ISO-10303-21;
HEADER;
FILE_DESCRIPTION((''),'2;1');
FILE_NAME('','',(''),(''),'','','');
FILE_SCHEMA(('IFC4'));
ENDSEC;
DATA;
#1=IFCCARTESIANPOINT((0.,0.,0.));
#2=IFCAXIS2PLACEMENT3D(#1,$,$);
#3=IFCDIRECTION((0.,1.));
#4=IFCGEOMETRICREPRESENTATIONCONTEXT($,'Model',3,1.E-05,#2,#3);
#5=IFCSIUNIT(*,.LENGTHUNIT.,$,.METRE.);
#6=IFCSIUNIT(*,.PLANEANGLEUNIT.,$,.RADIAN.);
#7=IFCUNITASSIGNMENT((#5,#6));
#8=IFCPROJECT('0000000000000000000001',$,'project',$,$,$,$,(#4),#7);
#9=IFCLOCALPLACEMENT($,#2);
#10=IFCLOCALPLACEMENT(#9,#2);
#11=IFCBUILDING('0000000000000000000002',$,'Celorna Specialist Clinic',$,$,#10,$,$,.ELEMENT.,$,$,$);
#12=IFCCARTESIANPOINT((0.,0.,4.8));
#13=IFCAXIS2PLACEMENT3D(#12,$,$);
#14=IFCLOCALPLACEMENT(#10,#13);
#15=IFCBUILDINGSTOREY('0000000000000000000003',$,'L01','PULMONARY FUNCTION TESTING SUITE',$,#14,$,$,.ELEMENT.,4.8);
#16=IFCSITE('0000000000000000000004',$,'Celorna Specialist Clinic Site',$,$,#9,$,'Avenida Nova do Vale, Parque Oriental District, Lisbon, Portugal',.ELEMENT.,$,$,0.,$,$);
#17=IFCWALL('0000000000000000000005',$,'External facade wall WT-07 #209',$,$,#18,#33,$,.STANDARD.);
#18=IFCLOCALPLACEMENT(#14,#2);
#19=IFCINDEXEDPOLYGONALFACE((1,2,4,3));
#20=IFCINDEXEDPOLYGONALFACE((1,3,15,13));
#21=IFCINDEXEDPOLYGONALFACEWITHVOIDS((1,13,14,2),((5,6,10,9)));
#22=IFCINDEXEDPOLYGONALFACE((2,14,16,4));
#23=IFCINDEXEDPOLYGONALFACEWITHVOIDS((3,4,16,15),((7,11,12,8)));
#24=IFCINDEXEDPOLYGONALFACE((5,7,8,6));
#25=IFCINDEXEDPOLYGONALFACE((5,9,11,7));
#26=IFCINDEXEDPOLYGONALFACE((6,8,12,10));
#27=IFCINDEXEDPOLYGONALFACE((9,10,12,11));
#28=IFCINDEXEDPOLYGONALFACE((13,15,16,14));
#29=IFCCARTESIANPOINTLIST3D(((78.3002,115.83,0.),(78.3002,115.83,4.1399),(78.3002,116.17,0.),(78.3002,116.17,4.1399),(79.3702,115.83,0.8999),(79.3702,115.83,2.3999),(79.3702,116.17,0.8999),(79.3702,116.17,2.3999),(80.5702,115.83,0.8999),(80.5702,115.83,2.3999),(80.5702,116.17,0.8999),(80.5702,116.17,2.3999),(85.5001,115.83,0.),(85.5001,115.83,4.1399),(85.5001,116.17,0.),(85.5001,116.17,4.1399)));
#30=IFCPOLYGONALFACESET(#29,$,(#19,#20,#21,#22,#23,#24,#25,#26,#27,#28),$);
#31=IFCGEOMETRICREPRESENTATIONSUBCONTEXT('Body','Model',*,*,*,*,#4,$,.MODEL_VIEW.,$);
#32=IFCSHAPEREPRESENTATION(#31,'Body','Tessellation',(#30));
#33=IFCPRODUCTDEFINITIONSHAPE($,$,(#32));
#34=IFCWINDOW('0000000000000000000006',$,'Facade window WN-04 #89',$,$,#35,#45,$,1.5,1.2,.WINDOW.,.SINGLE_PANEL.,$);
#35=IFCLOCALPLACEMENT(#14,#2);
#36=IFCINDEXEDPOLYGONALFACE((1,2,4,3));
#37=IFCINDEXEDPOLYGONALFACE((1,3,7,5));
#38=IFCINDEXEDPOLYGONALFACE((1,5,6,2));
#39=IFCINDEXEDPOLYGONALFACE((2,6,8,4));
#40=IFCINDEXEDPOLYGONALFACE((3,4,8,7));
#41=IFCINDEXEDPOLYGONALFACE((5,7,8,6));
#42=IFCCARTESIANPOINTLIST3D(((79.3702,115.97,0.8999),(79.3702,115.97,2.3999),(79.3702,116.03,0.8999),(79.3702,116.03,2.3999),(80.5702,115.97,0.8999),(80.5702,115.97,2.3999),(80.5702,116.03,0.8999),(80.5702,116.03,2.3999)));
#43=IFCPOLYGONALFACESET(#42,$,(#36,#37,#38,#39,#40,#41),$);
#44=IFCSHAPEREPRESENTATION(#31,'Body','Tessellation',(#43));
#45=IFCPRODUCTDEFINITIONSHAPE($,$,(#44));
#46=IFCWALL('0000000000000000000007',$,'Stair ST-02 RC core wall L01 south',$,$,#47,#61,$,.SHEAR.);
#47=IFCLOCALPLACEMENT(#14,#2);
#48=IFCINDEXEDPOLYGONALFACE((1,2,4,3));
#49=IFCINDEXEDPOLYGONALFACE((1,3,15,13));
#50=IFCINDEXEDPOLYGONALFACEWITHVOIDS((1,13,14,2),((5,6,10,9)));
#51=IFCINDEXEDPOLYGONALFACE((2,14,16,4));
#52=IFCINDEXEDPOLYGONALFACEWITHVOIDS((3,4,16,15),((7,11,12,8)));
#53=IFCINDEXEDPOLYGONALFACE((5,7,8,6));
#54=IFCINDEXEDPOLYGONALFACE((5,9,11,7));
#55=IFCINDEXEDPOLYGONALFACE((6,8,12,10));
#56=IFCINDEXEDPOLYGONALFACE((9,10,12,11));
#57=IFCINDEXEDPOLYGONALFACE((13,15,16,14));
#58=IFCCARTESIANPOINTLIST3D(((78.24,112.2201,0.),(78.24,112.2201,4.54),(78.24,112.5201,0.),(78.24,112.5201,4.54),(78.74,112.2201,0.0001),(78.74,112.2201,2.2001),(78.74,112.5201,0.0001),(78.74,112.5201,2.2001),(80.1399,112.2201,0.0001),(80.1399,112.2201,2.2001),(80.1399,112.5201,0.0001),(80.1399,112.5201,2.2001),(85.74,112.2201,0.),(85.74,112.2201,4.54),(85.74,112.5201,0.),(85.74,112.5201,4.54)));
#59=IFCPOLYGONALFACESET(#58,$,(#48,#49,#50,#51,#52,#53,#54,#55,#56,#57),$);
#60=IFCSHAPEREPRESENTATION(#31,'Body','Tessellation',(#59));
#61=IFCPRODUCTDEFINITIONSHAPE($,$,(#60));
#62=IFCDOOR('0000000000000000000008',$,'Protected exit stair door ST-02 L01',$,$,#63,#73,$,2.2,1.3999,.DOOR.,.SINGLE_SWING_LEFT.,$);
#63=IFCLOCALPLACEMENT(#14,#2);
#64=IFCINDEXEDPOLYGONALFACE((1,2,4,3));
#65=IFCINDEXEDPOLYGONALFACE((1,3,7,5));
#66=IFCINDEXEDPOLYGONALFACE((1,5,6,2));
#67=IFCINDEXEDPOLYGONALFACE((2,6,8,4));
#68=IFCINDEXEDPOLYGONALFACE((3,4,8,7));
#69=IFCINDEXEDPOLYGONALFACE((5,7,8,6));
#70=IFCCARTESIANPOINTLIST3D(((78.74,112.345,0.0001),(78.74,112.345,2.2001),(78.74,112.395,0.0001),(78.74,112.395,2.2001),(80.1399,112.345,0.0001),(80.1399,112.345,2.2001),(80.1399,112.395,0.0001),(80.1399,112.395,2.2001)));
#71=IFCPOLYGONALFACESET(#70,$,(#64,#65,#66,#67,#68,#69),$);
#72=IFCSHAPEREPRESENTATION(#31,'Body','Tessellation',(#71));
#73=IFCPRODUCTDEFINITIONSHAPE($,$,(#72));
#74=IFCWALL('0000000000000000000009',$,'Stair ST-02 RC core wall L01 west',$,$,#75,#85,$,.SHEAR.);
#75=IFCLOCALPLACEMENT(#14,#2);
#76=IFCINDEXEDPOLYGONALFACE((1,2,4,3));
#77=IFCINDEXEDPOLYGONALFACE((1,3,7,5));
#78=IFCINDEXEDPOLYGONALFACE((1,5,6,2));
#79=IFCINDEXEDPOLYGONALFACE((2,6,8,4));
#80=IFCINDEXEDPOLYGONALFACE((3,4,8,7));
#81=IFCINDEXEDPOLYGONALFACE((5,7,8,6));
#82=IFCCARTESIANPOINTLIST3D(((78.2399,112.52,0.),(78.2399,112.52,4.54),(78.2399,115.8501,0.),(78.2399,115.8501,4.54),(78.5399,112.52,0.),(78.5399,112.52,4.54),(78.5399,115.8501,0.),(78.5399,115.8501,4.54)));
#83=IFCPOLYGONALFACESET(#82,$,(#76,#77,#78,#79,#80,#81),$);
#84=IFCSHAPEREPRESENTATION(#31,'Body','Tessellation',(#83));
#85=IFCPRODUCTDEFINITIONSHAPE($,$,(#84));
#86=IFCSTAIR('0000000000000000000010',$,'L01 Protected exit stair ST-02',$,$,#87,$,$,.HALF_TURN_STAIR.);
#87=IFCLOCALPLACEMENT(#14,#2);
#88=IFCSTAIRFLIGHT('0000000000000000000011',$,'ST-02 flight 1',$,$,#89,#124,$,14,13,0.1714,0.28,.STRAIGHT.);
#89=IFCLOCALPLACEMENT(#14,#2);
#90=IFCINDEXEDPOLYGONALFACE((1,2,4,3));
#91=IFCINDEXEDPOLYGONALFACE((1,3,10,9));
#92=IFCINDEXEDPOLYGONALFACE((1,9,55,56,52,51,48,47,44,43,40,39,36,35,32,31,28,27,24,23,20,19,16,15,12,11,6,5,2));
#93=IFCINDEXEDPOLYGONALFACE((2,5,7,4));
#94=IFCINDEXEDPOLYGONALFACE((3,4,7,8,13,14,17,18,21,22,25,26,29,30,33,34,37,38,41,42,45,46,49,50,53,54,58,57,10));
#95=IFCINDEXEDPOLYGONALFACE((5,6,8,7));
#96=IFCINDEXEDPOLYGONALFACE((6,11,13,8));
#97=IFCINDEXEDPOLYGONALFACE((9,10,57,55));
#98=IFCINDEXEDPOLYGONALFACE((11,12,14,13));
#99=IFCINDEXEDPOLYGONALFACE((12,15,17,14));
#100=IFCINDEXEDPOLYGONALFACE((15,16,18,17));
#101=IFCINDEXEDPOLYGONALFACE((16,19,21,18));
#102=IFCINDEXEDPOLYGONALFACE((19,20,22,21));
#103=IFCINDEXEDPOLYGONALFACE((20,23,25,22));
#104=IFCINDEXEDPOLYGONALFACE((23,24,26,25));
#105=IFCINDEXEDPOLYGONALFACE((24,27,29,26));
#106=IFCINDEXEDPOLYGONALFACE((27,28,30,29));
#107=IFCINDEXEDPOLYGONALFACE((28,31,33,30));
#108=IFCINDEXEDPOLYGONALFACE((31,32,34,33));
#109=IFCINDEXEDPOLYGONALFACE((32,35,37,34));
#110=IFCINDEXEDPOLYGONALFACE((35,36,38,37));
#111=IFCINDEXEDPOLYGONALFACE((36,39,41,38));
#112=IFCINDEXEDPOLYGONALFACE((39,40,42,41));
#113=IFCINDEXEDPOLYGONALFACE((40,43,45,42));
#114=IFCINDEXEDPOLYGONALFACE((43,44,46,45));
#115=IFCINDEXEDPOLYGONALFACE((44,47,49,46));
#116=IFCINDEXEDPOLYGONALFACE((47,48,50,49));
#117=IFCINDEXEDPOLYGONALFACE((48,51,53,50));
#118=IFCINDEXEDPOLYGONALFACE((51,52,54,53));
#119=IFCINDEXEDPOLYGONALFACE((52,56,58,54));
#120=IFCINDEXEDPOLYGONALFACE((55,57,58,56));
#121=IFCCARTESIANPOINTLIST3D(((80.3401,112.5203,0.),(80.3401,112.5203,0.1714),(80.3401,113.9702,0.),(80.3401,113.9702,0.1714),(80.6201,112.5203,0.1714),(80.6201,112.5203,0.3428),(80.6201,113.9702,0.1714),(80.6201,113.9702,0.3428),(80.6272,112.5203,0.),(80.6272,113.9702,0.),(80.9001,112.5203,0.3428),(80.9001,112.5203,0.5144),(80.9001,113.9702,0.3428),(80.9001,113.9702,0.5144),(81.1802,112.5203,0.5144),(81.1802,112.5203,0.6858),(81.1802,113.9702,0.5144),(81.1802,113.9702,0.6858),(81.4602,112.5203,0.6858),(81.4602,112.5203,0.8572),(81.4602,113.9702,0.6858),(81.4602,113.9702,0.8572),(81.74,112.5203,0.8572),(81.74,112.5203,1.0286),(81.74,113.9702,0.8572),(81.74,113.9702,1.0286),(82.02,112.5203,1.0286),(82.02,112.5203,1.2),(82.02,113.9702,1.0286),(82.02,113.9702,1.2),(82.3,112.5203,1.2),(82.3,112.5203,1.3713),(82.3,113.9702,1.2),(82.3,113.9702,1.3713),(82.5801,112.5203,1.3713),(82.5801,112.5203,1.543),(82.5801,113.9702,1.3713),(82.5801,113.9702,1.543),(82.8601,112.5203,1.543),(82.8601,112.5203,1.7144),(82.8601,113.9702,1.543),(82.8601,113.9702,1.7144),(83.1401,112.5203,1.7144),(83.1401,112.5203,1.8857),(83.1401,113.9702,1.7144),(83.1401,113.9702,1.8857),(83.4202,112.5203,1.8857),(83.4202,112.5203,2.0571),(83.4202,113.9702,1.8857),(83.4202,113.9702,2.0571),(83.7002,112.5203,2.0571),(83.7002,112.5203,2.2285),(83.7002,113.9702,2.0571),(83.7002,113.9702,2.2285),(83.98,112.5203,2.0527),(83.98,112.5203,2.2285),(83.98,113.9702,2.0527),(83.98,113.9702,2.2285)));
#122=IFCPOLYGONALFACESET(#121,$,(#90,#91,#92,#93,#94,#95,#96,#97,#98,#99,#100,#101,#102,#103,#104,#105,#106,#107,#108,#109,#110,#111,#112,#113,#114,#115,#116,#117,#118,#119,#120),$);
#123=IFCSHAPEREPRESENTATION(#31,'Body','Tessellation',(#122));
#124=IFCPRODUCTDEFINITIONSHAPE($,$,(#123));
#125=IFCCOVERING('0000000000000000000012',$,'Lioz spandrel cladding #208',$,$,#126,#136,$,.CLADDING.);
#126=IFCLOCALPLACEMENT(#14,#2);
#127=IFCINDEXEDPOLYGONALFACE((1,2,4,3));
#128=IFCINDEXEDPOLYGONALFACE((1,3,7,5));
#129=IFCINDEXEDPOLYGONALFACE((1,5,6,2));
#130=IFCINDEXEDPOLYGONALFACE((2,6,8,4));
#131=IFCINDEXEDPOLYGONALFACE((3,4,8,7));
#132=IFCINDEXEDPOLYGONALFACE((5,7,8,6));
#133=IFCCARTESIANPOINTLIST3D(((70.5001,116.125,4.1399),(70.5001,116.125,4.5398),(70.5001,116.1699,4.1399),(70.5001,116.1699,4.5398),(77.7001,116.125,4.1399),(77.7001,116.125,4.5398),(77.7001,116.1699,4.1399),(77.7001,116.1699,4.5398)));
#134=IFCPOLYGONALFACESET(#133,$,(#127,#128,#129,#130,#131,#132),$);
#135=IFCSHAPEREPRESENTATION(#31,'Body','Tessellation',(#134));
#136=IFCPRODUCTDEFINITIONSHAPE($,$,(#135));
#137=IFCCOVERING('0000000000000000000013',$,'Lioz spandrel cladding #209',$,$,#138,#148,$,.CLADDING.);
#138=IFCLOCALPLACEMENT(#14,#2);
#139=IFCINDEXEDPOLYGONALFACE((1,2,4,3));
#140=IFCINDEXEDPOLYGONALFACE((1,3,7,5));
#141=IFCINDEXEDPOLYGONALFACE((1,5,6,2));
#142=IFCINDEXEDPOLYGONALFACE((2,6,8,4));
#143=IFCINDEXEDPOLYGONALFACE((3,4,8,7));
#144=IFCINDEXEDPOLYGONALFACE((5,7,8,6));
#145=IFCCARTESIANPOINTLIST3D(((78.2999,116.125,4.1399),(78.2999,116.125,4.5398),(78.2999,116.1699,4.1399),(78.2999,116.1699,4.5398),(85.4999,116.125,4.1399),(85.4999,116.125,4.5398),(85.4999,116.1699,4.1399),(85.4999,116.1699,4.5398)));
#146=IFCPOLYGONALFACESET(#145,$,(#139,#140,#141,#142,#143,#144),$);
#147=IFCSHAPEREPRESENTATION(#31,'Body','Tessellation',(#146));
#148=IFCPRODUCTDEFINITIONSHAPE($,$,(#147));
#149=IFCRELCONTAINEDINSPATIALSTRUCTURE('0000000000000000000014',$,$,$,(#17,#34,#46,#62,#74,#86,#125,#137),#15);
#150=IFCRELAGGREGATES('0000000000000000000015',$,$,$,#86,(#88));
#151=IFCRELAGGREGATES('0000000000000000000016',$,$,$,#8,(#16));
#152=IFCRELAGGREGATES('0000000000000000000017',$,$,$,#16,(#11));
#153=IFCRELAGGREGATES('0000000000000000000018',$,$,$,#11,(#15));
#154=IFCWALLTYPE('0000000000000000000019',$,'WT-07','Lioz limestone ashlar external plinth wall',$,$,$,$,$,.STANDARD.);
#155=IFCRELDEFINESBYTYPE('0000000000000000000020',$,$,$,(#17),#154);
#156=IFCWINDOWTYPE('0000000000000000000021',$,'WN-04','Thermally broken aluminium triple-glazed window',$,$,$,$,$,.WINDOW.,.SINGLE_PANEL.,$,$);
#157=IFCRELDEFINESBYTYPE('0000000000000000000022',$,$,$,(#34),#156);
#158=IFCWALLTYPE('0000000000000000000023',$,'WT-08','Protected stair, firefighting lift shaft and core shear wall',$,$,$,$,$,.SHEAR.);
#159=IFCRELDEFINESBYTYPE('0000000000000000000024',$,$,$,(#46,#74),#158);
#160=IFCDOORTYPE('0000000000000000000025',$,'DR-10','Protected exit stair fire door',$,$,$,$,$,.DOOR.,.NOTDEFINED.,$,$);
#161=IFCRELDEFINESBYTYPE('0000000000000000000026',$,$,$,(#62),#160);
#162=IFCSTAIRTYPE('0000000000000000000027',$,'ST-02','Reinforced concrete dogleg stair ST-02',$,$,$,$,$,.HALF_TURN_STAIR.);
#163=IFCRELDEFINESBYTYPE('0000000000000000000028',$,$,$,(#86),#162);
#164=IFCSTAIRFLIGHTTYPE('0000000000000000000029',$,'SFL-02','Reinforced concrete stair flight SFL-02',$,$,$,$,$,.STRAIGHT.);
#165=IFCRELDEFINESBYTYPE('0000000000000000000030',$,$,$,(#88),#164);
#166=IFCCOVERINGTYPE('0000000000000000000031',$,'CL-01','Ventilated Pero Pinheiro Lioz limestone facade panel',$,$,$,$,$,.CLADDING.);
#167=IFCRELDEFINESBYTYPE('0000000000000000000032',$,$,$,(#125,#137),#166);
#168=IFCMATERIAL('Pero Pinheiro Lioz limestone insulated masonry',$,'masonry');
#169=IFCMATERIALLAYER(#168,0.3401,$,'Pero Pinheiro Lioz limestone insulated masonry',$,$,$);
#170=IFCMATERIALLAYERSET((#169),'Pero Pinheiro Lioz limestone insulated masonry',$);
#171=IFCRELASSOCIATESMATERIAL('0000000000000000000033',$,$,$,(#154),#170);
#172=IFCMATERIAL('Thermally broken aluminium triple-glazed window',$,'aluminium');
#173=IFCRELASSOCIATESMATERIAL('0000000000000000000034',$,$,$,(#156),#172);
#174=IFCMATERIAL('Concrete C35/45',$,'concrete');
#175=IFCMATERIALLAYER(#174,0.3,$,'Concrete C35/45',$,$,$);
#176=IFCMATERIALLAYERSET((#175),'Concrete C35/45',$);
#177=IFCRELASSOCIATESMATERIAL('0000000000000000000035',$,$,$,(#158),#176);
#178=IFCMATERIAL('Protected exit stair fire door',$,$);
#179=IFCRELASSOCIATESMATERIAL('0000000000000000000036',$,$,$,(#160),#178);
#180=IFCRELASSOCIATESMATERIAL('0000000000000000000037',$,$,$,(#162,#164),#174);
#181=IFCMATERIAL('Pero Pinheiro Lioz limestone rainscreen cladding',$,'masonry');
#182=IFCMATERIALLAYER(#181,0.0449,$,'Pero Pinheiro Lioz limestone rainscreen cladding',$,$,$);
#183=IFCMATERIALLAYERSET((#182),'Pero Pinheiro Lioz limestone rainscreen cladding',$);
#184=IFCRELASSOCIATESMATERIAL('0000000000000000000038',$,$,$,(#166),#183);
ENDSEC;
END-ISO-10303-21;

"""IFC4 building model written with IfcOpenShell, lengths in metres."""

from ifc_helpers import new_model, si_unit, direction, frame, frame_2d, origin, origin_2d, place, context, subcontext, project, spatial, polyline, rectangle, outline, extrude, material, layer, layer_set, type_object, element, fill, aggregate, save


model = new_model("IFC4")

# Units and contexts
model_context = context("Model", 3, precision=1e-05, world=origin(), true_north=direction((0.0, 1.0)))
body_context = subcontext(model_context, "Body", "Model", "MODEL_VIEW")
ifc_project = project(units=[si_unit("LENGTHUNIT", "METRE"), si_unit("PLANEANGLEUNIT", "RADIAN")], contexts=[model_context])

# Site, building, storey
site_placement = place(None, origin())
site = spatial("IfcSite", under=ifc_project, at=site_placement, Name="Celorna Specialist Clinic Site", LongName="Avenida Nova do Vale, Parque Oriental District, Lisbon, Portugal", CompositionType="ELEMENT", RefElevation=0.0)
building_placement = place(site_placement, origin())
building = spatial("IfcBuilding", under=site, at=building_placement, Name="Celorna Specialist Clinic", CompositionType="ELEMENT")
storey_placement = place(building_placement, frame((0.0, 0.0, 4.8)))
storey = spatial("IfcBuildingStorey", under=building, at=storey_placement, Name="L01", Description="PULMONARY FUNCTION TESTING SUITE", CompositionType="ELEMENT", Elevation=4.8)

# Shared definitions
ifc_material_1 = material(Name="Concrete C35/45", Category="concrete")

# Wall, opening, window
ifc_material_2 = material(Name="Pero Pinheiro Lioz limestone insulated masonry", Category="masonry")
ifc_layer_1 = layer(ifc_material_2, 0.3401, Name="Pero Pinheiro Lioz limestone insulated masonry")
ifc_layer_set_1 = layer_set([ifc_layer_1], Name="Pero Pinheiro Lioz limestone insulated masonry")
wall_type_1 = type_object("IfcWallType", Name="WT-07", Description="Lioz limestone ashlar external plinth wall", PredefinedType="STANDARD", material=ifc_layer_set_1)
wall_1_placement = place(storey_placement, frame((78.3, 116.0, 0.0), z_axis=(0.0, 0.0, 1.0), x_axis=(1.0, 0.0, 0.0)))
wall_1 = element("IfcWall", 1, at=wall_1_placement, inside=storey, type_object=wall_type_1, Name="External facade wall WT-07 #209", PredefinedType="STANDARD", context=body_context, shape_type="SweptSolid", body=[
    extrude(rectangle(XDim=7.2, YDim=0.3401, at=frame_2d((3.6001, 0.0))), origin(), (0.0, 0.0, 1.0), 4.1399),
])
opening_1_placement = place(wall_1_placement, frame((1.0701, 0.0, 0.8999)))
opening_1 = element("IfcOpeningElement", 2, at=opening_1_placement, cuts=wall_1, PredefinedType="OPENING", context=body_context, shape_type="SweptSolid", body=[
    extrude(rectangle(XDim=1.2, YDim=1.5, at=frame_2d((0.6001, 0.75))), frame((0.0, 0.1799, 0.0), z_axis=(0.0, -1.0, 0.0), x_axis=(1.0, 0.0, 0.0)), (0.0, 0.0, 1.0), 0.3601),
])
ifc_material_3 = material(Name="Thermally broken aluminium triple-glazed window", Category="aluminium")
window_type = type_object("IfcWindowType", Name="WN-04", Description="Thermally broken aluminium triple-glazed window", PartitioningType="SINGLE_PANEL", PredefinedType="WINDOW", material=ifc_material_3)
window_placement = place(opening_1_placement, origin())
window = element("IfcWindow", 3, at=window_placement, inside=storey, type_object=window_type, Name="Facade window WN-04 #89", OverallHeight=1.5, OverallWidth=1.2, PartitioningType="SINGLE_PANEL", PredefinedType="WINDOW", context=body_context, shape_type="SweptSolid", body=[
    extrude(rectangle(XDim=1.2, YDim=1.5, at=frame_2d((0.6001, 0.75))), frame((0.0, 0.03, 0.0), z_axis=(0.0, -1.0, 0.0), x_axis=(1.0, 0.0, 0.0)), (0.0, 0.0, 1.0), 0.0601),
])
fill(opening_1, window)

# Wall, opening, door
ifc_layer_2 = layer(ifc_material_1, 0.3, Name="Concrete C35/45")
ifc_layer_set_2 = layer_set([ifc_layer_2], Name="Concrete C35/45")
wall_type_2 = type_object("IfcWallType", Name="WT-08", Description="Protected stair, firefighting lift shaft and core shear wall", PredefinedType="SHEAR", material=ifc_layer_set_2)
wall_2_placement = place(storey_placement, frame((78.24, 112.3701, 0.0), z_axis=(0.0, 0.0, 1.0), x_axis=(1.0, 0.0, 0.0)))
wall_2 = element("IfcWall", 4, at=wall_2_placement, inside=storey, type_object=wall_type_2, Name="Stair ST-02 RC core wall L01 south", PredefinedType="SHEAR", context=body_context, shape_type="SweptSolid", body=[
    extrude(rectangle(XDim=7.5, YDim=0.3, at=frame_2d((3.75, 0.0))), origin(), (0.0, 0.0, 1.0), 4.54),
])
opening_2_placement = place(wall_2_placement, frame((0.5, 0.0, 0.0)))
opening_2 = element("IfcOpeningElement", 5, at=opening_2_placement, cuts=wall_2, PredefinedType="OPENING", context=body_context, shape_type="SweptSolid", body=[
    extrude(rectangle(XDim=1.3999, YDim=2.2, at=frame_2d((0.7, 1.1001))), frame((0.0, 0.1599, 0.0), z_axis=(0.0, -1.0, 0.0), x_axis=(1.0, 0.0, 0.0)), (0.0, 0.0, 1.0), 0.3201),
])
ifc_material_4 = material(Name="Protected exit stair fire door")
door_type = type_object("IfcDoorType", Name="DR-10", Description="Protected exit stair fire door", OperationType="NOTDEFINED", PredefinedType="DOOR", material=ifc_material_4)
door_placement = place(opening_2_placement, origin())
door = element("IfcDoor", 6, at=door_placement, inside=storey, type_object=door_type, Name="Protected exit stair door ST-02 L01", OperationType="SINGLE_SWING_LEFT", OverallHeight=2.2, OverallWidth=1.3999, PredefinedType="DOOR", context=body_context, shape_type="SweptSolid", body=[
    extrude(rectangle(XDim=1.3999, YDim=2.2, at=frame_2d((0.7, 1.1001))), frame((0.0, 0.0249, 0.0), z_axis=(0.0, -1.0, 0.0), x_axis=(1.0, 0.0, 0.0)), (0.0, 0.0, 1.0), 0.05),
])
fill(opening_2, door)

# Wall
wall_3_placement = place(storey_placement, frame((78.3899, 115.8501, 0.0), z_axis=(0.0, 0.0, 1.0), x_axis=(0.0, -1.0, 0.0)))
element("IfcWall", 7, at=wall_3_placement, inside=storey, type_object=wall_type_2, Name="Stair ST-02 RC core wall L01 west", PredefinedType="SHEAR", context=body_context, shape_type="SweptSolid", body=[
    extrude(rectangle(XDim=3.3301, YDim=0.3, at=frame_2d((1.665, 0.0))), origin(), (0.0, 0.0, 1.0), 4.54),
])

# Stair, stair flight
stair_type = type_object("IfcStairType", Name="ST-02", Description="Reinforced concrete dogleg stair ST-02", PredefinedType="HALF_TURN_STAIR", material=ifc_material_1)
stair_placement = place(storey_placement, origin())
stair = element("IfcStair", 8, at=stair_placement, inside=storey, type_object=stair_type, Name="L01 Protected exit stair ST-02", PredefinedType="HALF_TURN_STAIR")
stair_flight_type = type_object("IfcStairFlightType", Name="SFL-02", Description="Reinforced concrete stair flight SFL-02", PredefinedType="STRAIGHT", material=ifc_material_1)
stair_flight_placement = place(storey_placement, frame((80.3401, 113.2451, 0.0), z_axis=(0.0, 0.0, 1.0), x_axis=(1.0, 0.0, 0.0)))
stair_flight = element("IfcStairFlight", 9, at=stair_flight_placement, type_object=stair_flight_type, Name="ST-02 flight 1", NumberOfRisers=14, NumberOfTreads=13, PredefinedType="STRAIGHT", RiserHeight=0.1714, TreadLength=0.28, context=body_context, shape_type="SweptSolid", body=[
    extrude(outline(polyline([(0.0, 0.0), (0.0, 0.1714), (0.28, 0.1714), (0.28, 0.3428), (0.5601, 0.3428), (0.5601, 0.5144), (0.8401, 0.5144), (0.8401, 0.6858), (1.1201, 0.6858), (1.1201, 0.8572), (1.3999, 0.8572), (1.3999, 1.0286), (1.6799, 1.0286), (1.6799, 1.2), (1.96, 1.2), (1.96, 1.3713), (2.24, 1.3713), (2.24, 1.543), (2.52, 1.543), (2.52, 1.7144), (2.8, 1.7144), (2.8, 1.8857), (3.0801, 1.8857), (3.0801, 2.0571), (3.3601, 2.0571), (3.3601, 2.2285), (3.6399, 2.2285), (3.6399, 2.3999), (3.6399, 2.0527), (0.2871, 0.0), (0.0, 0.0)])), frame((0.0, 0.7251, 0.0), z_axis=(0.0, -1.0, 0.0), x_axis=(1.0, 0.0, 0.0)), (0.0, 0.0, 1.0), 1.45),
])
aggregate(stair, [stair_flight])

# Coverings
ifc_material_5 = material(Name="Pero Pinheiro Lioz limestone rainscreen cladding", Category="masonry")
ifc_layer_3 = layer(ifc_material_5, 0.0449, Name="Pero Pinheiro Lioz limestone rainscreen cladding")
ifc_layer_set_3 = layer_set([ifc_layer_3], Name="Pero Pinheiro Lioz limestone rainscreen cladding")
covering_type = type_object("IfcCoveringType", Name="CL-01", Description="Ventilated Pero Pinheiro Lioz limestone facade panel", PredefinedType="CLADDING", material=ifc_layer_set_3)
for number, where, z_axis, x_axis, name in (
    (10, (74.1001, 116.1475, 4.1399), (0.0, 0.0, 1.0), (1.0, 0.0, 0.0), "Lioz spandrel cladding #208"),
    (11, (81.8999, 116.1475, 4.1399), (0.0, 0.0, 1.0), (1.0, 0.0, 0.0), "Lioz spandrel cladding #209"),
):
    element("IfcCovering", number, at=place(storey_placement, frame(where, z_axis=z_axis, x_axis=x_axis)), inside=storey, type_object=covering_type, Name=name, PredefinedType="CLADDING", context=body_context, shape_type="SweptSolid", body=[
        extrude(rectangle(XDim=7.2, YDim=0.0449, at=origin_2d()), origin(), (0.0, 0.0, 1.0), 0.3999),
    ])

save(model, "model.ifc")
